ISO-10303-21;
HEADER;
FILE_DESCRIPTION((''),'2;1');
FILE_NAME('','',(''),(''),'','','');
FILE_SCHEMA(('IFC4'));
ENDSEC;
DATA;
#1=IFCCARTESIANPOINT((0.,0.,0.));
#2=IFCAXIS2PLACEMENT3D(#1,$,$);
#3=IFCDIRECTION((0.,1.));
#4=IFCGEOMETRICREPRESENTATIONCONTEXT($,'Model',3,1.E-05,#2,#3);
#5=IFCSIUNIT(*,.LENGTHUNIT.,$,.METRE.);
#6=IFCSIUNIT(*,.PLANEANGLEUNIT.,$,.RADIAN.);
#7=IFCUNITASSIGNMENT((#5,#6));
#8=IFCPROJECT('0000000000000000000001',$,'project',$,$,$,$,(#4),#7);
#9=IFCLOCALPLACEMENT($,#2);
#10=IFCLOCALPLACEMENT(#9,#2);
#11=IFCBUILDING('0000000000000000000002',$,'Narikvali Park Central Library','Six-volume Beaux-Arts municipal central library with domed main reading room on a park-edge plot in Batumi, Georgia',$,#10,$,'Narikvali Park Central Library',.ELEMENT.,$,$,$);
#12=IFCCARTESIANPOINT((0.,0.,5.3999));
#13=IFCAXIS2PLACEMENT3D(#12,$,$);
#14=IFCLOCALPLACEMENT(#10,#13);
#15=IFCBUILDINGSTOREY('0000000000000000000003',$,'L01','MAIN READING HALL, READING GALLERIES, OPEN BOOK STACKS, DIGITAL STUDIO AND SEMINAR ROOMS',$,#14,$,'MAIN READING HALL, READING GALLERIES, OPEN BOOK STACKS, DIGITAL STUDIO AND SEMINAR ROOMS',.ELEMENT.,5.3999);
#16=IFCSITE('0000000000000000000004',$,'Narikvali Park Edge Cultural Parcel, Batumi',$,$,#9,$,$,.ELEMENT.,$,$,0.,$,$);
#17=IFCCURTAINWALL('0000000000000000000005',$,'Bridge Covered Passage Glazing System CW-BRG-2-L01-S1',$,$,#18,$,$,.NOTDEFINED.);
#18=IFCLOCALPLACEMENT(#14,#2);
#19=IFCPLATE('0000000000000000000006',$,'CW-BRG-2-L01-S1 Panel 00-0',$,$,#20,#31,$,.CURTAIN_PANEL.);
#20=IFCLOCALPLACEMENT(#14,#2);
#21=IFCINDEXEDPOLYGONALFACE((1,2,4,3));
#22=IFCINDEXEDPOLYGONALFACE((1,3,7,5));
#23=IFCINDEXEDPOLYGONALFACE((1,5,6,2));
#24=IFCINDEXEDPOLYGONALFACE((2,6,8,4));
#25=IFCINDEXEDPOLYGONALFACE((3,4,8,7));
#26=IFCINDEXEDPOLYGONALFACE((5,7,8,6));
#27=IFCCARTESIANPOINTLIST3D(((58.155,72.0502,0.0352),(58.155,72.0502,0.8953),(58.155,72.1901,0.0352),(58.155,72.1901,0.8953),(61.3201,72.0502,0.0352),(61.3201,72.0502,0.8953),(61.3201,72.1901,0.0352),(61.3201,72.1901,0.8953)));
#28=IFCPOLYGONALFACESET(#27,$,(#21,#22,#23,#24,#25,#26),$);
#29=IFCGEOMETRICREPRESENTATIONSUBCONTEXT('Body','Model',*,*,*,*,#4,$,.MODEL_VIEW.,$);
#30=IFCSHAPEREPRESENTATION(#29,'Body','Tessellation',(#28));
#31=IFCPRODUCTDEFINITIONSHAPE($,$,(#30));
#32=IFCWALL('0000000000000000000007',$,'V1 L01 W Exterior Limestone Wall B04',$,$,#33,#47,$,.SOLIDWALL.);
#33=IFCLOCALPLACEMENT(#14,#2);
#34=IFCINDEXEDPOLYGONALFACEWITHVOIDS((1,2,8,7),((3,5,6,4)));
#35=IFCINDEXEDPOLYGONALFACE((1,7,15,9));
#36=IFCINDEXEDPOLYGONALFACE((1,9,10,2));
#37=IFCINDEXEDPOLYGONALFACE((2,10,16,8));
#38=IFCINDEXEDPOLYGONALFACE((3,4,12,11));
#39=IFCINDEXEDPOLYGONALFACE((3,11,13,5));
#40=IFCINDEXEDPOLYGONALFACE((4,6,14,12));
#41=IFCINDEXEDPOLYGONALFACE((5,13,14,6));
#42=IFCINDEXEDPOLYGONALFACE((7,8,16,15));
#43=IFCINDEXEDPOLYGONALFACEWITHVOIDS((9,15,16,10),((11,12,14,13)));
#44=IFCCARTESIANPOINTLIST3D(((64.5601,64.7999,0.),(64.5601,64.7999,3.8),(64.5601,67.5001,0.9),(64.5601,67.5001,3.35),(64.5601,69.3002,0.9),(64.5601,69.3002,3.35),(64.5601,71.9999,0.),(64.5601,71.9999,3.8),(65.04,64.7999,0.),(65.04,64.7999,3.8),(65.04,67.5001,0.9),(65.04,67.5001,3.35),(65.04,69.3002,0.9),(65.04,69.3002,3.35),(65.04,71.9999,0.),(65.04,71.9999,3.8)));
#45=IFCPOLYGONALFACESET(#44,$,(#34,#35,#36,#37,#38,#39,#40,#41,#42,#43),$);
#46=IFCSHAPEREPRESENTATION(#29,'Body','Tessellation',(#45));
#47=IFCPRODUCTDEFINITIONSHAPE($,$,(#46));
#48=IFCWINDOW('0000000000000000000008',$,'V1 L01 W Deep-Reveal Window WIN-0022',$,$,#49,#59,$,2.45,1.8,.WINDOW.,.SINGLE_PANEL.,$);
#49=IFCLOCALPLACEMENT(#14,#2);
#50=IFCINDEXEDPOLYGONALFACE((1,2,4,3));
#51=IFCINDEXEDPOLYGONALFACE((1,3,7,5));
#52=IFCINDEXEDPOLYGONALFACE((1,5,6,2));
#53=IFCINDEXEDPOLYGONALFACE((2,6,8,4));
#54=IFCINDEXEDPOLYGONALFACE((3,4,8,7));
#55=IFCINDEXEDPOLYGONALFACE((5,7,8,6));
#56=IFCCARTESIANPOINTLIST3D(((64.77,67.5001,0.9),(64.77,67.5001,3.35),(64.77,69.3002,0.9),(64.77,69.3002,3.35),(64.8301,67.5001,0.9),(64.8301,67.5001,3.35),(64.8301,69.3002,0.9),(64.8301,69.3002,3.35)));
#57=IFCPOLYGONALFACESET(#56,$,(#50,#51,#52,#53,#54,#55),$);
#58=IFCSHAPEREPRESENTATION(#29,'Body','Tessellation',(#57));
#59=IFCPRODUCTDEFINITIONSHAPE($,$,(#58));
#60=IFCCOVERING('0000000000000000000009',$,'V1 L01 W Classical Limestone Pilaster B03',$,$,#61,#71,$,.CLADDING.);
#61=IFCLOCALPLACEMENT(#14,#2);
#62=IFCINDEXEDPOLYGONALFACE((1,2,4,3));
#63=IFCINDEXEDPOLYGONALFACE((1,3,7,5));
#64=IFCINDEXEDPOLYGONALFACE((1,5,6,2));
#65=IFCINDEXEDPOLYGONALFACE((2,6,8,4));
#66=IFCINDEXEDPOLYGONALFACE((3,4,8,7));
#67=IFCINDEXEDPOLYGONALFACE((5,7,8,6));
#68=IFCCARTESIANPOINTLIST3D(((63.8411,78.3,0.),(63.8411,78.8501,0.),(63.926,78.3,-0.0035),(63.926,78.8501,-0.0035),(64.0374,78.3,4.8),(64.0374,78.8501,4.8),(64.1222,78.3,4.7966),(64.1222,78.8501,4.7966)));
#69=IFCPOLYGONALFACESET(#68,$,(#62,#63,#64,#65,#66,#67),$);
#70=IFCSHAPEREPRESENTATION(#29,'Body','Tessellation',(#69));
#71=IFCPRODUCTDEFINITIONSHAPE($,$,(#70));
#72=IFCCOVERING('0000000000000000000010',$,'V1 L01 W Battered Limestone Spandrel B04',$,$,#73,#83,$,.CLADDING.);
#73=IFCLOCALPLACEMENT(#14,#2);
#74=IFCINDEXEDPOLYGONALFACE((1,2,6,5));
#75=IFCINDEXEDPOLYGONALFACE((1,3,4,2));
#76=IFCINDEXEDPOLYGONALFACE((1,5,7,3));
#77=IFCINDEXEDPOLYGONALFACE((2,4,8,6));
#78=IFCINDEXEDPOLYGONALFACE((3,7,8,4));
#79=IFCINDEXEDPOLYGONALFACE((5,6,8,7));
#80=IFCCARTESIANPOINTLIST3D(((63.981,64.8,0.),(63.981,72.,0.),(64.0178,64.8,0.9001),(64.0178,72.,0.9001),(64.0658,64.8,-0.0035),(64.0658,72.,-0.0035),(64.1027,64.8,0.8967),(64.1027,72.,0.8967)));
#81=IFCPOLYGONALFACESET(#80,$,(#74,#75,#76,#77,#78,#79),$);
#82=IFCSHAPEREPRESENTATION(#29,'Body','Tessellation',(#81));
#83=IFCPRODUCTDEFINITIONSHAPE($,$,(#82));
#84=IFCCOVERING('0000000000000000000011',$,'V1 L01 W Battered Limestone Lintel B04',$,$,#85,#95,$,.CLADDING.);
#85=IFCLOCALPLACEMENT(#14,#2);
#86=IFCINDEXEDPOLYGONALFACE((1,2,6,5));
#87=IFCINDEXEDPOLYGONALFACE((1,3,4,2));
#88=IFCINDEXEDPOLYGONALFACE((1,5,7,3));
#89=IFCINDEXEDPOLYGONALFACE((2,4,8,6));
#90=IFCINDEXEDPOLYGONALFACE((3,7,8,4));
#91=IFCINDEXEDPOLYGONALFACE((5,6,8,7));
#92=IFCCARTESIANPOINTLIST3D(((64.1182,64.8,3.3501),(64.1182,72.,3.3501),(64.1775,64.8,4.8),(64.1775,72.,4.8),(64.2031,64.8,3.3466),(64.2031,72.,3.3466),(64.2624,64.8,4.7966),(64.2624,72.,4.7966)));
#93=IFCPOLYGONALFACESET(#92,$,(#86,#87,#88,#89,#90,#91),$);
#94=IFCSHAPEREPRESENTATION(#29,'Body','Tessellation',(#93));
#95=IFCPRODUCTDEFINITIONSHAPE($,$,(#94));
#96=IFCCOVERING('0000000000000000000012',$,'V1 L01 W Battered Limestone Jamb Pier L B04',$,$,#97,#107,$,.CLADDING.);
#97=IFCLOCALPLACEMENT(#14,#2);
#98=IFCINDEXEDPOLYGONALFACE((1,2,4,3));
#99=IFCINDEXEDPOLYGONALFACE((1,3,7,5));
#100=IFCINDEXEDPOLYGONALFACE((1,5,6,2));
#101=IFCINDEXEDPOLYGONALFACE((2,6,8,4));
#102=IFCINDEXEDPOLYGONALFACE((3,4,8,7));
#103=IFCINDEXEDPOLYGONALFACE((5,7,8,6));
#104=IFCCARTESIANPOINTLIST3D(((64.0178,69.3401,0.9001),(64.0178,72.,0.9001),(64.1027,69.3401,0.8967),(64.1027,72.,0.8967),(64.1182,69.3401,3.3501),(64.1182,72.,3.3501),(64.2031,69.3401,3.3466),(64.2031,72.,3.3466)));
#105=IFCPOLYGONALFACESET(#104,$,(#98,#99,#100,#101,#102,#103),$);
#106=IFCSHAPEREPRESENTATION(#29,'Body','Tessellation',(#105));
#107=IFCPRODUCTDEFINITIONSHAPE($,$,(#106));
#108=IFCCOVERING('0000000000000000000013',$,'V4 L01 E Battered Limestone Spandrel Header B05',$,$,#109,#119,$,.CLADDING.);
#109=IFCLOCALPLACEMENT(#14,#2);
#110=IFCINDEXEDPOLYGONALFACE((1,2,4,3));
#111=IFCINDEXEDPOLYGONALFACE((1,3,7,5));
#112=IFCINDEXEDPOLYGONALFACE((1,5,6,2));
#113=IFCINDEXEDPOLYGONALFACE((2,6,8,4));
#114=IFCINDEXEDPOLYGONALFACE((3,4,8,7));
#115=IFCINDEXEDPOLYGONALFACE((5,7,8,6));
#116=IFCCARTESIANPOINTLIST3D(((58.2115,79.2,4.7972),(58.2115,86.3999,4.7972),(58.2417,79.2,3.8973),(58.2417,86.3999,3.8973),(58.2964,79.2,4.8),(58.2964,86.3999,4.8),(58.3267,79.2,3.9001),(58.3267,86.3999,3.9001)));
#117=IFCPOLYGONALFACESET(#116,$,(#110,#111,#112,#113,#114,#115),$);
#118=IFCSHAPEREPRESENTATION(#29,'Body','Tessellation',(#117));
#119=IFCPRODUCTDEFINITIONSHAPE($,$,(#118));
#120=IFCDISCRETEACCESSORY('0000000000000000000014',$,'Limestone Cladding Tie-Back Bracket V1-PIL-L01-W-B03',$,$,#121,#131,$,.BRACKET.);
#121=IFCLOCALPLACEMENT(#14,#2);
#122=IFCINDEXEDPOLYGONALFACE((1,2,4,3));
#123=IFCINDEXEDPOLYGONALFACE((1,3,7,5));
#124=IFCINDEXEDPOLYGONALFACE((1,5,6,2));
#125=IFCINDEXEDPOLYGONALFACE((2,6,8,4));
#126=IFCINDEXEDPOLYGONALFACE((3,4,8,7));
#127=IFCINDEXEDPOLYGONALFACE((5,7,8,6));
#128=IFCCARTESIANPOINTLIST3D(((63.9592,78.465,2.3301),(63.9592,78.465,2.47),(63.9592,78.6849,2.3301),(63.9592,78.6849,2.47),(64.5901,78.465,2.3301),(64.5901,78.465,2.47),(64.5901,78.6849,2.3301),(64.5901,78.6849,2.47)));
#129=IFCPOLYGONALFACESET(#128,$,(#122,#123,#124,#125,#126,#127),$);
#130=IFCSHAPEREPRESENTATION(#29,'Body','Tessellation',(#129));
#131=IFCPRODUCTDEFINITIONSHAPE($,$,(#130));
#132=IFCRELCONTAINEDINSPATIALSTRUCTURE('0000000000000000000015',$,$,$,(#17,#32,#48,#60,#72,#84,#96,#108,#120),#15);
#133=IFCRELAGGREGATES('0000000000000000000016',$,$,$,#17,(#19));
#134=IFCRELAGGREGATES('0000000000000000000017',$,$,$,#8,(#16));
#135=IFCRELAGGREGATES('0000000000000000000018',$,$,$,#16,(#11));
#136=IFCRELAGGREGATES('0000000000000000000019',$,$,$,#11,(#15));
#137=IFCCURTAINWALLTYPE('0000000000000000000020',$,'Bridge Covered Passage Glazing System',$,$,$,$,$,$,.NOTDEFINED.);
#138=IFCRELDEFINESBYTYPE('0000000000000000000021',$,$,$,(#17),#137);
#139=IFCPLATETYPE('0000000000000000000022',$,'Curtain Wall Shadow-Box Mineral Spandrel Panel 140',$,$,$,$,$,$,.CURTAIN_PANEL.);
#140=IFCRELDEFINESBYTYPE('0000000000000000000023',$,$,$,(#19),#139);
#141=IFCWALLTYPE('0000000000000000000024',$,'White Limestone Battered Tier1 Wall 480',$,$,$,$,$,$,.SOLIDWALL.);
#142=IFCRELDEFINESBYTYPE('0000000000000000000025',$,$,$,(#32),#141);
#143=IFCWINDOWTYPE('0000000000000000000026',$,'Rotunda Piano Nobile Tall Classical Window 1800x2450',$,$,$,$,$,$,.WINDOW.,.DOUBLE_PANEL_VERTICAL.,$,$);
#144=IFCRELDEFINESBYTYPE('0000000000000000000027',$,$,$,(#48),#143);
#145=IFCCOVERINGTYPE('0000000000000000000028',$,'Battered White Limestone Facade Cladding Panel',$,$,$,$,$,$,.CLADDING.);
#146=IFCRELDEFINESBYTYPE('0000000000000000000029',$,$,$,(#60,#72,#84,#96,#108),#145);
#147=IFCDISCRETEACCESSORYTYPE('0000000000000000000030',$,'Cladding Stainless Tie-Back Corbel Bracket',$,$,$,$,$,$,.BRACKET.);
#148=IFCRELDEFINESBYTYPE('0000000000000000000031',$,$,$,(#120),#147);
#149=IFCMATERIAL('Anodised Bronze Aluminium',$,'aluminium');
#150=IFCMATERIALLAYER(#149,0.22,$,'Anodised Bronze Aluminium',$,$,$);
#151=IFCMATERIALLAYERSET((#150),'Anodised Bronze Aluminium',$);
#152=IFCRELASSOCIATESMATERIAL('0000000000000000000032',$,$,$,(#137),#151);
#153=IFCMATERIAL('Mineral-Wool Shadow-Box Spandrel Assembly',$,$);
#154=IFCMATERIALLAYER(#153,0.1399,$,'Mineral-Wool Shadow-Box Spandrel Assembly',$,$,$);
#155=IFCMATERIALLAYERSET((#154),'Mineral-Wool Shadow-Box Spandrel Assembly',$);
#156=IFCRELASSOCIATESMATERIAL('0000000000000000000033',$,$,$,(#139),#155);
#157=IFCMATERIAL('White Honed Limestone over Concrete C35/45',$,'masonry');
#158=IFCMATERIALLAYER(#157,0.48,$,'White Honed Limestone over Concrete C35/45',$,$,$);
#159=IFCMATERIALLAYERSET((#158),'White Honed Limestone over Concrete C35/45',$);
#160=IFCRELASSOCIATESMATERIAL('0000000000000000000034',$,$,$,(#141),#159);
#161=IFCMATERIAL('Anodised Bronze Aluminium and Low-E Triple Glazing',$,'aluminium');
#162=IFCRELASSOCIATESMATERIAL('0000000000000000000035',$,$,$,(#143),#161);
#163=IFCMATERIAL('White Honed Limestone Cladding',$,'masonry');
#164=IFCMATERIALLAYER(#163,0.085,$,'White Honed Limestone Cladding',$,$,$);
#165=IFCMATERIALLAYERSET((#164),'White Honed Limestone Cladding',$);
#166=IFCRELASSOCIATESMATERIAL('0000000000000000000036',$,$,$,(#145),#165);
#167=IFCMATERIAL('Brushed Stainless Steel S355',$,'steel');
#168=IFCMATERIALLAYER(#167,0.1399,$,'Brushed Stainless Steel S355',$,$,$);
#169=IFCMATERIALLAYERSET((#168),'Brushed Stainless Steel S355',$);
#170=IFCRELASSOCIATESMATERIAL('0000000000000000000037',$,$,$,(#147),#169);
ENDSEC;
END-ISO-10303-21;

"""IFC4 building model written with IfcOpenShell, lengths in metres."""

from ifc_helpers import new_model, si_unit, direction, frame, frame_2d, origin, origin_2d, place, context, subcontext, project, spatial, polyline, rectangle, outline, extrude, material, layer, layer_set, type_object, element, fill, aggregate, save


model = new_model("IFC4")

# Units and contexts
model_context = context("Model", 3, precision=1e-05, world=origin(), true_north=direction((0.0, 1.0)))
body_context = subcontext(model_context, "Body", "Model", "MODEL_VIEW")
ifc_project = project(units=[si_unit("LENGTHUNIT", "METRE"), si_unit("PLANEANGLEUNIT", "RADIAN")], contexts=[model_context])

# Site, building, storey
site_placement = place(None, origin())
site = spatial("IfcSite", under=ifc_project, at=site_placement, Name="Narikvali Park Edge Cultural Parcel, Batumi", CompositionType="ELEMENT", RefElevation=0.0)
building_placement = place(site_placement, origin())
building = spatial("IfcBuilding", under=site, at=building_placement, Name="Narikvali Park Central Library", Description="Six-volume Beaux-Arts municipal central library with domed main reading room on a park-edge plot in Batumi, Georgia", LongName="Narikvali Park Central Library", CompositionType="ELEMENT")
storey_placement = place(building_placement, frame((0.0, 0.0, 5.3999)))
storey = spatial("IfcBuildingStorey", under=building, at=storey_placement, Name="L01", Description="MAIN READING HALL, READING GALLERIES, OPEN BOOK STACKS, DIGITAL STUDIO AND SEMINAR ROOMS", LongName="MAIN READING HALL, READING GALLERIES, OPEN BOOK STACKS, DIGITAL STUDIO AND SEMINAR ROOMS", CompositionType="ELEMENT", Elevation=5.3999)

# Curtain wall
ifc_material_1 = material(Name="Anodised Bronze Aluminium", Category="aluminium")
ifc_layer_1 = layer(ifc_material_1, 0.22, Name="Anodised Bronze Aluminium")
ifc_layer_set_1 = layer_set([ifc_layer_1], Name="Anodised Bronze Aluminium")
curtain_wall_type = type_object("IfcCurtainWallType", Name="Bridge Covered Passage Glazing System", PredefinedType="NOTDEFINED", material=ifc_layer_set_1)
curtain_wall_1_placement = place(storey_placement, origin())
curtain_wall_1 = element("IfcCurtainWall", 1, at=curtain_wall_1_placement, inside=storey, type_object=curtain_wall_type, Name="Bridge Covered Passage Glazing System CW-BRG-2-L01-S1", PredefinedType="NOTDEFINED")

# Plate
ifc_material_2 = material(Name="Mineral-Wool Shadow-Box Spandrel Assembly")
ifc_layer_2 = layer(ifc_material_2, 0.1399, Name="Mineral-Wool Shadow-Box Spandrel Assembly")
ifc_layer_set_2 = layer_set([ifc_layer_2], Name="Mineral-Wool Shadow-Box Spandrel Assembly")
plate_type_1 = type_object("IfcPlateType", Name="Curtain Wall Shadow-Box Mineral Spandrel Panel 140", PredefinedType="CURTAIN_PANEL", material=ifc_layer_set_2)
plate_1_placement = place(storey_placement, frame((59.7375, 72.1201, 0.0352), z_axis=(0.0, 0.0, 1.0), x_axis=(1.0, 0.0, 0.0)))
plate_1 = element("IfcPlate", 2, at=plate_1_placement, type_object=plate_type_1, Name="CW-BRG-2-L01-S1 Panel 00-0", PredefinedType="CURTAIN_PANEL", context=body_context, shape_type="SweptSolid", body=[
    extrude(rectangle(XDim=3.165, YDim=0.1399, at=origin_2d()), origin(), (0.0, 0.0, 1.0), 0.8601),
])
aggregate(curtain_wall_1, [plate_1])

# Wall, opening, window
ifc_material_3 = material(Name="White Honed Limestone over Concrete C35/45", Category="masonry")
ifc_layer_3 = layer(ifc_material_3, 0.48, Name="White Honed Limestone over Concrete C35/45")
ifc_layer_set_3 = layer_set([ifc_layer_3], Name="White Honed Limestone over Concrete C35/45")
wall_type = type_object("IfcWallType", Name="White Limestone Battered Tier1 Wall 480", PredefinedType="SOLIDWALL", material=ifc_layer_set_3)
wall_placement = place(storey_placement, frame((64.8, 72.0, 0.0), z_axis=(0.0, 0.0, 1.0), x_axis=(0.0, -1.0, 0.0)))
wall = element("IfcWall", 3, at=wall_placement, inside=storey, type_object=wall_type, Name="V1 L01 W Exterior Limestone Wall B04", PredefinedType="SOLIDWALL", context=body_context, shape_type="SweptSolid", body=[
    extrude(rectangle(XDim=7.2, YDim=0.48, at=frame_2d((3.6001, 0.0))), origin(), (0.0, 0.0, 1.0), 3.8),
])
opening_placement = place(wall_placement, frame((2.7, 0.0, 0.8999)))
opening = element("IfcOpeningElement", 4, at=opening_placement, cuts=wall, PredefinedType="OPENING", context=body_context, shape_type="SweptSolid", body=[
    extrude(rectangle(XDim=1.8, YDim=2.45, at=frame_2d((0.8999, 1.2251))), frame((0.0, 0.252, 0.0), z_axis=(0.0, -1.0, 0.0), x_axis=(1.0, 0.0, 0.0)), (0.0, 0.0, 1.0), 0.5039),
])
ifc_material_4 = material(Name="Anodised Bronze Aluminium and Low-E Triple Glazing", Category="aluminium")
window_type = type_object("IfcWindowType", Name="Rotunda Piano Nobile Tall Classical Window 1800x2450", PartitioningType="DOUBLE_PANEL_VERTICAL", PredefinedType="WINDOW", material=ifc_material_4)
window_placement = place(opening_placement, origin())
window = element("IfcWindow", 5, at=window_placement, inside=storey, type_object=window_type, Name="V1 L01 W Deep-Reveal Window WIN-0022", OverallHeight=2.45, OverallWidth=1.8, PartitioningType="SINGLE_PANEL", PredefinedType="WINDOW", context=body_context, shape_type="SweptSolid", body=[
    extrude(rectangle(XDim=1.8, YDim=2.45, at=frame_2d((0.8999, 1.2251))), frame((0.0, 0.03, 0.0), z_axis=(0.0, -1.0, 0.0), x_axis=(1.0, 0.0, 0.0)), (0.0, 0.0, 1.0), 0.0601),
])
fill(opening, window)

# Coverings
ifc_material_5 = material(Name="White Honed Limestone Cladding", Category="masonry")
ifc_layer_4 = layer(ifc_material_5, 0.085, Name="White Honed Limestone Cladding")
ifc_layer_set_4 = layer_set([ifc_layer_4], Name="White Honed Limestone Cladding")
covering_type = type_object("IfcCoveringType", Name="Battered White Limestone Facade Cladding Panel", PredefinedType="CLADDING", material=ifc_layer_set_4)
covering_1_placement = place(storey_placement, frame((63.8411, 78.8501, 0.0), z_axis=(-0.999165, 0.0, 0.040859), x_axis=(0.0, -1.0, 0.0)))
element("IfcCovering", 6, at=covering_1_placement, inside=storey, type_object=covering_type, Name="V1 L01 W Classical Limestone Pilaster B03", PredefinedType="CLADDING", context=body_context, shape_type="SweptSolid", body=[
    extrude(outline(polyline([(0.0, 0.0), (0.55, 0.0), (0.55, 4.8041), (0.0, 4.8041), (0.0, 0.0)])), origin(), (0.0, 0.0, -1.0), 0.085),
])
covering_2_placement = place(storey_placement, frame((63.981, 72.0, 0.0), z_axis=(-0.999162, 0.0, 0.04092), x_axis=(0.0, -1.0, 0.0)))
element("IfcCovering", 7, at=covering_2_placement, inside=storey, type_object=covering_type, Name="V1 L01 W Battered Limestone Spandrel B04", PredefinedType="CLADDING", context=body_context, shape_type="SweptSolid", body=[
    extrude(outline(polyline([(0.0, 0.0), (7.2, 0.0), (7.2, 0.9009), (0.0, 0.9009), (0.0, 0.0)])), origin(), (0.0, 0.0, -1.0), 0.085),
])
covering_3_placement = place(storey_placement, frame((64.1182, 72.0, 3.3501), z_axis=(-0.999164, 0.0, 0.040882), x_axis=(0.0, -1.0, 0.0)))
element("IfcCovering", 8, at=covering_3_placement, inside=storey, type_object=covering_type, Name="V1 L01 W Battered Limestone Lintel B04", PredefinedType="CLADDING", context=body_context, shape_type="SweptSolid", body=[
    extrude(outline(polyline([(0.0, 0.0), (7.2, 0.0), (7.2, 1.4512), (0.0, 1.4512), (0.0, 0.0)])), origin(), (0.0, 0.0, -1.0), 0.085),
])
covering_4_placement = place(storey_placement, frame((64.0178, 72.0, 0.9001), z_axis=(-0.999162, 0.0, 0.040922), x_axis=(0.0, -1.0, 0.0)))
element("IfcCovering", 9, at=covering_4_placement, inside=storey, type_object=covering_type, Name="V1 L01 W Battered Limestone Jamb Pier L B04", PredefinedType="CLADDING", context=body_context, shape_type="SweptSolid", body=[
    extrude(outline(polyline([(0.0, 0.0), (2.6599, 0.0), (2.6599, 2.452), (0.0, 2.452), (0.0, 0.0)])), origin(), (0.0, 0.0, -1.0), 0.085),
])
covering_5_placement = place(storey_placement, frame((58.3267, 79.2, 3.9001), z_axis=(0.999435, 0.0, 0.033622), x_axis=(0.0, 1.0, 0.0)))
element("IfcCovering", 10, at=covering_5_placement, inside=storey, type_object=covering_type, Name="V4 L01 E Battered Limestone Spandrel Header B05", PredefinedType="CLADDING", context=body_context, shape_type="SweptSolid", body=[
    extrude(outline(polyline([(0.0, 0.0), (7.2, 0.0), (7.2, 0.9004), (0.0, 0.9004), (0.0, 0.0)])), origin(), (0.0, 0.0, -1.0), 0.085),
])

# Discrete accessory
ifc_material_6 = material(Name="Brushed Stainless Steel S355", Category="steel")
ifc_layer_5 = layer(ifc_material_6, 0.1399, Name="Brushed Stainless Steel S355")
ifc_layer_set_5 = layer_set([ifc_layer_5], Name="Brushed Stainless Steel S355")
discrete_accessory_type = type_object("IfcDiscreteAccessoryType", Name="Cladding Stainless Tie-Back Corbel Bracket", PredefinedType="BRACKET", material=ifc_layer_set_5)
discrete_accessory_placement = place(storey_placement, frame((64.2747, 78.575, 2.3301), z_axis=(0.0, 0.0, 1.0), x_axis=(1.0, 0.0, 0.0)))
element("IfcDiscreteAccessory", 11, at=discrete_accessory_placement, inside=storey, type_object=discrete_accessory_type, Name="Limestone Cladding Tie-Back Bracket V1-PIL-L01-W-B03", PredefinedType="BRACKET", context=body_context, shape_type="SweptSolid", body=[
    extrude(rectangle(XDim=0.6309, YDim=0.22, at=origin_2d()), origin(), (0.0, 0.0, 1.0), 0.1399),
])

save(model, "model.ifc")
